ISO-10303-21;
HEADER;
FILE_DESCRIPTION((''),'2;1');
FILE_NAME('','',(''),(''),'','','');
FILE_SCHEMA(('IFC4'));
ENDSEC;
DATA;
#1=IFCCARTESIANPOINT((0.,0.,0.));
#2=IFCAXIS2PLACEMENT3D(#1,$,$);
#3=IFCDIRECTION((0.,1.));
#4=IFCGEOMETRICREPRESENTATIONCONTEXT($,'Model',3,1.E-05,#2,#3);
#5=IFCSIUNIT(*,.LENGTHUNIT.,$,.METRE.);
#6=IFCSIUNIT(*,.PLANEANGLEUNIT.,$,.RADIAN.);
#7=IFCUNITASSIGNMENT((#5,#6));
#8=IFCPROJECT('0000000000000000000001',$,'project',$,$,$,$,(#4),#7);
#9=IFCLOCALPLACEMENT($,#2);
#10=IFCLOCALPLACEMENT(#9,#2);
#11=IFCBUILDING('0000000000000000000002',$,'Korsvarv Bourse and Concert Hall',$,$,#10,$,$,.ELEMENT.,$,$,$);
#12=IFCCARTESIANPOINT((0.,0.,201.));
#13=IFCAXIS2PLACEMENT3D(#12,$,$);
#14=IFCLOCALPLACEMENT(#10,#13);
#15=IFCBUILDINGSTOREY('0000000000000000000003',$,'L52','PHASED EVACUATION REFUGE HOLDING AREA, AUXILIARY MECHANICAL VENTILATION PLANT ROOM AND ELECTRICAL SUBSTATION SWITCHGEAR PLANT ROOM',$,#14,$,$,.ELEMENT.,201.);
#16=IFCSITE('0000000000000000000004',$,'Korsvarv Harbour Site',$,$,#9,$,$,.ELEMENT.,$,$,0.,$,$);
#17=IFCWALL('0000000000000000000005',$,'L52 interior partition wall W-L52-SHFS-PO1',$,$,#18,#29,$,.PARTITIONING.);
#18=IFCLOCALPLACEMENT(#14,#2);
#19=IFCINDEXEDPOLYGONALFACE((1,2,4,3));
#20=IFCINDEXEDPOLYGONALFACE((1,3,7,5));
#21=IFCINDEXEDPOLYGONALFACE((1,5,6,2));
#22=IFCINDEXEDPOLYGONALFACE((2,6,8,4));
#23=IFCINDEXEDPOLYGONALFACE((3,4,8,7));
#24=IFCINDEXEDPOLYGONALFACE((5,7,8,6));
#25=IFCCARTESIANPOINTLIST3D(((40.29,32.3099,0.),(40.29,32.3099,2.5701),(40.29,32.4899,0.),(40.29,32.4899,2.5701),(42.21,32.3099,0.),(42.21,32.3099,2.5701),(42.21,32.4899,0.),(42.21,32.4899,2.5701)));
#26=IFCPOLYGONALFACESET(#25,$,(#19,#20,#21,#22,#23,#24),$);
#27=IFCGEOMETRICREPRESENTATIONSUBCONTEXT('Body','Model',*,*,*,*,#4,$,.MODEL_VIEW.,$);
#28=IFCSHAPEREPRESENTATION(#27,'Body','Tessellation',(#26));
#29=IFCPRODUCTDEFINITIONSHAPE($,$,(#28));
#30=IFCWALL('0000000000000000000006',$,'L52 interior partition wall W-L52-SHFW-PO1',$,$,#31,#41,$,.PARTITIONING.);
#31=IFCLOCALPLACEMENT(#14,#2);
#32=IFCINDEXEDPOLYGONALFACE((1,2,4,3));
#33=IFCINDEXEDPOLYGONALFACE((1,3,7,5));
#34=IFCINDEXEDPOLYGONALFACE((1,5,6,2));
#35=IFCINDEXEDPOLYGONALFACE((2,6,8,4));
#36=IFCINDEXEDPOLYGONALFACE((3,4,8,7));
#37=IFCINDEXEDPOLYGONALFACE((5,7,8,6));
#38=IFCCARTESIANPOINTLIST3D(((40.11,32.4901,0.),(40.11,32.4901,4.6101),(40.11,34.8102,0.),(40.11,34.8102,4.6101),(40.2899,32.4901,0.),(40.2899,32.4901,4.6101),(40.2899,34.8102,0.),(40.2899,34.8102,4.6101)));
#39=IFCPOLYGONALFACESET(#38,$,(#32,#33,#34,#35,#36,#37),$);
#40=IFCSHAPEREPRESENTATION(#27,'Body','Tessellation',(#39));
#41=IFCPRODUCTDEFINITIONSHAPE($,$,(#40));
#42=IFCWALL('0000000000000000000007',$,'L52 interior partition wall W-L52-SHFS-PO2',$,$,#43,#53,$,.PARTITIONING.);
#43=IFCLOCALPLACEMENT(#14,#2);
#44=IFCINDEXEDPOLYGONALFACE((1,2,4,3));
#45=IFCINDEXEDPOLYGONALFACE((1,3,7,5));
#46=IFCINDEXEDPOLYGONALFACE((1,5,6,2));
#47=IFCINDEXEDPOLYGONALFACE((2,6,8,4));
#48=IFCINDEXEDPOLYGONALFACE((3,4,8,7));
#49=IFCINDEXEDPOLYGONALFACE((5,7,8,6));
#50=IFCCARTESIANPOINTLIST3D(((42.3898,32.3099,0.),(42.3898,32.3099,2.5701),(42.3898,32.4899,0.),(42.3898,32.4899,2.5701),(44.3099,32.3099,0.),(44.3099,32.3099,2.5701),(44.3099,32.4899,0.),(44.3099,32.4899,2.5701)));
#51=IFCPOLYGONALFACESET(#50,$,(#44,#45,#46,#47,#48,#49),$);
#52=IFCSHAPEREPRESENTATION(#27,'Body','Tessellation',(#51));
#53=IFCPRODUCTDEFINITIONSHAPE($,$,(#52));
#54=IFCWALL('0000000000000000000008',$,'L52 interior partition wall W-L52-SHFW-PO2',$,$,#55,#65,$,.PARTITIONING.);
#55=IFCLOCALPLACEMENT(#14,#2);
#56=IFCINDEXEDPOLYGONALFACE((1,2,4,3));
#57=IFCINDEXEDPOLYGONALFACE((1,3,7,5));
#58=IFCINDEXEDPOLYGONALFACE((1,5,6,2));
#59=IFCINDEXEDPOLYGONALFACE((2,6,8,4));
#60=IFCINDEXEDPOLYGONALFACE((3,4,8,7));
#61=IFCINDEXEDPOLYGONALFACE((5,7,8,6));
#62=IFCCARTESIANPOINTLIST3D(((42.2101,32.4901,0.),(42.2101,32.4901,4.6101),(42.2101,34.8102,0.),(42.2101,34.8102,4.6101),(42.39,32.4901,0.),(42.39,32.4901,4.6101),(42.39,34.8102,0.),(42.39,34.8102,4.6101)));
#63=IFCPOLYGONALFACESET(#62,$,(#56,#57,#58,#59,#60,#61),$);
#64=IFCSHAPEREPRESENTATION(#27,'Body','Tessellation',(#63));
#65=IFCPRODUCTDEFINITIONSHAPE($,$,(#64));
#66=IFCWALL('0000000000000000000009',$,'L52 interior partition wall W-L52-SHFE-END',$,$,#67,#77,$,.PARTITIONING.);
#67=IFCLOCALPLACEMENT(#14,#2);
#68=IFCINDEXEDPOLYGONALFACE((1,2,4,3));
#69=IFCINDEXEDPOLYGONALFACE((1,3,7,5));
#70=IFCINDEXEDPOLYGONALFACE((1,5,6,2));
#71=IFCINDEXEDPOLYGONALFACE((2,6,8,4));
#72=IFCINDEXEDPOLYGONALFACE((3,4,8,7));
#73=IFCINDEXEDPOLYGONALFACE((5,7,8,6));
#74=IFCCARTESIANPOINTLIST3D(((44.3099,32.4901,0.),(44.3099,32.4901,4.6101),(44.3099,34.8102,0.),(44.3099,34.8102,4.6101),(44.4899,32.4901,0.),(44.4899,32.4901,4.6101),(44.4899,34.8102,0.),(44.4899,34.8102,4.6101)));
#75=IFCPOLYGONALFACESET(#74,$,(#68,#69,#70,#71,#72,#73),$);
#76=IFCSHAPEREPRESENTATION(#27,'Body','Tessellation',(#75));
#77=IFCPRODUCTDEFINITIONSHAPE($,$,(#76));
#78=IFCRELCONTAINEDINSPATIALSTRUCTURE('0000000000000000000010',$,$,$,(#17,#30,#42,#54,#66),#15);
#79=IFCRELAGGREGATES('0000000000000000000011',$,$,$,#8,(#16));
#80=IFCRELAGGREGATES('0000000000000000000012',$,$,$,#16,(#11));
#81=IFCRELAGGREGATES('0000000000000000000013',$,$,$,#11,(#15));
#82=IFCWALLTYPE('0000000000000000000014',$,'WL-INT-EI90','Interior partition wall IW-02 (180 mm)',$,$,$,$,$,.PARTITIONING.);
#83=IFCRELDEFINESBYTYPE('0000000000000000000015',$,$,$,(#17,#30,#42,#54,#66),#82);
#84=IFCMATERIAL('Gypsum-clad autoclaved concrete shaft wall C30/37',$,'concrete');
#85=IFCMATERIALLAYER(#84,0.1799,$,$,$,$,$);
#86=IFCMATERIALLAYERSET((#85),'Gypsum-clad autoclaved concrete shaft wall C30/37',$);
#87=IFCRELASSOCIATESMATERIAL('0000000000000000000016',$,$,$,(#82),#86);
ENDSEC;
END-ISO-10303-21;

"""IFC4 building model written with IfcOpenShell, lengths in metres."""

from ifc_helpers import new_model, si_unit, direction, frame, frame_2d, origin, place, context, subcontext, project, spatial, rectangle, extrude, material, layer, layer_set, type_object, element, save


model = new_model("IFC4")

# Units and contexts
model_context = context("Model", 3, precision=1e-05, world=origin(), true_north=direction((0.0, 1.0)))
body_context = subcontext(model_context, "Body", "Model", "MODEL_VIEW")
ifc_project = project(units=[si_unit("LENGTHUNIT", "METRE"), si_unit("PLANEANGLEUNIT", "RADIAN")], contexts=[model_context])

# Site, building, storey
site_placement = place(None, origin())
site = spatial("IfcSite", under=ifc_project, at=site_placement, Name="Korsvarv Harbour Site", CompositionType="ELEMENT", RefElevation=0.0)
building_placement = place(site_placement, origin())
building = spatial("IfcBuilding", under=site, at=building_placement, Name="Korsvarv Bourse and Concert Hall", CompositionType="ELEMENT")
storey_placement = place(building_placement, frame((0.0, 0.0, 201.0)))
storey = spatial("IfcBuildingStorey", under=building, at=storey_placement, Name="L52", Description="PHASED EVACUATION REFUGE HOLDING AREA, AUXILIARY MECHANICAL VENTILATION PLANT ROOM AND ELECTRICAL SUBSTATION SWITCHGEAR PLANT ROOM", CompositionType="ELEMENT", Elevation=201.0)

# Walls
ifc_material_1 = material(Name="Gypsum-clad autoclaved concrete shaft wall C30/37", Category="concrete")
ifc_layer_1 = layer(ifc_material_1, 0.1799)
ifc_layer_set_1 = layer_set([ifc_layer_1], Name="Gypsum-clad autoclaved concrete shaft wall C30/37")
wall_type_1 = type_object("IfcWallType", Name="WL-INT-EI90", Description="Interior partition wall IW-02 (180 mm)", PredefinedType="PARTITIONING", material=ifc_layer_set_1)
wall_1_placement = place(storey_placement, frame((40.29, 32.3999, 0.0), z_axis=(0.0, 0.0, 1.0), x_axis=(1.0, 0.0, 0.0)))
element("IfcWall", 1, at=wall_1_placement, inside=storey, type_object=wall_type_1, Name="L52 interior partition wall W-L52-SHFS-PO1", PredefinedType="PARTITIONING", context=body_context, shape_type="SweptSolid", body=[
    extrude(rectangle(XDim=1.9199, YDim=0.1799, at=frame_2d((0.96, 0.0))), origin(), (0.0, 0.0, 1.0), 2.5701),
])
wall_2_placement = place(storey_placement, frame((40.2, 32.49, 0.0), z_axis=(0.0, 0.0, 1.0), x_axis=(0.0, 1.0, 0.0)))
element("IfcWall", 2, at=wall_2_placement, inside=storey, type_object=wall_type_1, Name="L52 interior partition wall W-L52-SHFW-PO1", PredefinedType="PARTITIONING", context=body_context, shape_type="SweptSolid", body=[
    extrude(rectangle(XDim=2.3201, YDim=0.1799, at=frame_2d((1.1602, 0.0))), origin(), (0.0, 0.0, 1.0), 4.6101),
])
wall_3_placement = place(storey_placement, frame((42.3899, 32.3999, 0.0), z_axis=(0.0, 0.0, 1.0), x_axis=(1.0, 0.0, 0.0)))
element("IfcWall", 3, at=wall_3_placement, inside=storey, type_object=wall_type_1, Name="L52 interior partition wall W-L52-SHFS-PO2", PredefinedType="PARTITIONING", context=body_context, shape_type="SweptSolid", body=[
    extrude(rectangle(XDim=1.9202, YDim=0.1799, at=frame_2d((0.96, 0.0))), origin(), (0.0, 0.0, 1.0), 2.5701),
])
for number, where, z_axis, x_axis, name in (
    (4, (42.3, 32.49, 0.0), (0.0, 0.0, 1.0), (0.0, 1.0, 0.0), "L52 interior partition wall W-L52-SHFW-PO2"),
    (5, (44.3999, 32.49, 0.0), (0.0, 0.0, 1.0), (0.0, 1.0, 0.0), "L52 interior partition wall W-L52-SHFE-END"),
):
    element("IfcWall", number, at=place(storey_placement, frame(where, z_axis=z_axis, x_axis=x_axis)), inside=storey, type_object=wall_type_1, Name=name, PredefinedType="PARTITIONING", context=body_context, shape_type="SweptSolid", body=[
        extrude(rectangle(XDim=2.3201, YDim=0.1799, at=frame_2d((1.1602, 0.0))), origin(), (0.0, 0.0, 1.0), 4.6101),
    ])

save(model, "model.ifc")
